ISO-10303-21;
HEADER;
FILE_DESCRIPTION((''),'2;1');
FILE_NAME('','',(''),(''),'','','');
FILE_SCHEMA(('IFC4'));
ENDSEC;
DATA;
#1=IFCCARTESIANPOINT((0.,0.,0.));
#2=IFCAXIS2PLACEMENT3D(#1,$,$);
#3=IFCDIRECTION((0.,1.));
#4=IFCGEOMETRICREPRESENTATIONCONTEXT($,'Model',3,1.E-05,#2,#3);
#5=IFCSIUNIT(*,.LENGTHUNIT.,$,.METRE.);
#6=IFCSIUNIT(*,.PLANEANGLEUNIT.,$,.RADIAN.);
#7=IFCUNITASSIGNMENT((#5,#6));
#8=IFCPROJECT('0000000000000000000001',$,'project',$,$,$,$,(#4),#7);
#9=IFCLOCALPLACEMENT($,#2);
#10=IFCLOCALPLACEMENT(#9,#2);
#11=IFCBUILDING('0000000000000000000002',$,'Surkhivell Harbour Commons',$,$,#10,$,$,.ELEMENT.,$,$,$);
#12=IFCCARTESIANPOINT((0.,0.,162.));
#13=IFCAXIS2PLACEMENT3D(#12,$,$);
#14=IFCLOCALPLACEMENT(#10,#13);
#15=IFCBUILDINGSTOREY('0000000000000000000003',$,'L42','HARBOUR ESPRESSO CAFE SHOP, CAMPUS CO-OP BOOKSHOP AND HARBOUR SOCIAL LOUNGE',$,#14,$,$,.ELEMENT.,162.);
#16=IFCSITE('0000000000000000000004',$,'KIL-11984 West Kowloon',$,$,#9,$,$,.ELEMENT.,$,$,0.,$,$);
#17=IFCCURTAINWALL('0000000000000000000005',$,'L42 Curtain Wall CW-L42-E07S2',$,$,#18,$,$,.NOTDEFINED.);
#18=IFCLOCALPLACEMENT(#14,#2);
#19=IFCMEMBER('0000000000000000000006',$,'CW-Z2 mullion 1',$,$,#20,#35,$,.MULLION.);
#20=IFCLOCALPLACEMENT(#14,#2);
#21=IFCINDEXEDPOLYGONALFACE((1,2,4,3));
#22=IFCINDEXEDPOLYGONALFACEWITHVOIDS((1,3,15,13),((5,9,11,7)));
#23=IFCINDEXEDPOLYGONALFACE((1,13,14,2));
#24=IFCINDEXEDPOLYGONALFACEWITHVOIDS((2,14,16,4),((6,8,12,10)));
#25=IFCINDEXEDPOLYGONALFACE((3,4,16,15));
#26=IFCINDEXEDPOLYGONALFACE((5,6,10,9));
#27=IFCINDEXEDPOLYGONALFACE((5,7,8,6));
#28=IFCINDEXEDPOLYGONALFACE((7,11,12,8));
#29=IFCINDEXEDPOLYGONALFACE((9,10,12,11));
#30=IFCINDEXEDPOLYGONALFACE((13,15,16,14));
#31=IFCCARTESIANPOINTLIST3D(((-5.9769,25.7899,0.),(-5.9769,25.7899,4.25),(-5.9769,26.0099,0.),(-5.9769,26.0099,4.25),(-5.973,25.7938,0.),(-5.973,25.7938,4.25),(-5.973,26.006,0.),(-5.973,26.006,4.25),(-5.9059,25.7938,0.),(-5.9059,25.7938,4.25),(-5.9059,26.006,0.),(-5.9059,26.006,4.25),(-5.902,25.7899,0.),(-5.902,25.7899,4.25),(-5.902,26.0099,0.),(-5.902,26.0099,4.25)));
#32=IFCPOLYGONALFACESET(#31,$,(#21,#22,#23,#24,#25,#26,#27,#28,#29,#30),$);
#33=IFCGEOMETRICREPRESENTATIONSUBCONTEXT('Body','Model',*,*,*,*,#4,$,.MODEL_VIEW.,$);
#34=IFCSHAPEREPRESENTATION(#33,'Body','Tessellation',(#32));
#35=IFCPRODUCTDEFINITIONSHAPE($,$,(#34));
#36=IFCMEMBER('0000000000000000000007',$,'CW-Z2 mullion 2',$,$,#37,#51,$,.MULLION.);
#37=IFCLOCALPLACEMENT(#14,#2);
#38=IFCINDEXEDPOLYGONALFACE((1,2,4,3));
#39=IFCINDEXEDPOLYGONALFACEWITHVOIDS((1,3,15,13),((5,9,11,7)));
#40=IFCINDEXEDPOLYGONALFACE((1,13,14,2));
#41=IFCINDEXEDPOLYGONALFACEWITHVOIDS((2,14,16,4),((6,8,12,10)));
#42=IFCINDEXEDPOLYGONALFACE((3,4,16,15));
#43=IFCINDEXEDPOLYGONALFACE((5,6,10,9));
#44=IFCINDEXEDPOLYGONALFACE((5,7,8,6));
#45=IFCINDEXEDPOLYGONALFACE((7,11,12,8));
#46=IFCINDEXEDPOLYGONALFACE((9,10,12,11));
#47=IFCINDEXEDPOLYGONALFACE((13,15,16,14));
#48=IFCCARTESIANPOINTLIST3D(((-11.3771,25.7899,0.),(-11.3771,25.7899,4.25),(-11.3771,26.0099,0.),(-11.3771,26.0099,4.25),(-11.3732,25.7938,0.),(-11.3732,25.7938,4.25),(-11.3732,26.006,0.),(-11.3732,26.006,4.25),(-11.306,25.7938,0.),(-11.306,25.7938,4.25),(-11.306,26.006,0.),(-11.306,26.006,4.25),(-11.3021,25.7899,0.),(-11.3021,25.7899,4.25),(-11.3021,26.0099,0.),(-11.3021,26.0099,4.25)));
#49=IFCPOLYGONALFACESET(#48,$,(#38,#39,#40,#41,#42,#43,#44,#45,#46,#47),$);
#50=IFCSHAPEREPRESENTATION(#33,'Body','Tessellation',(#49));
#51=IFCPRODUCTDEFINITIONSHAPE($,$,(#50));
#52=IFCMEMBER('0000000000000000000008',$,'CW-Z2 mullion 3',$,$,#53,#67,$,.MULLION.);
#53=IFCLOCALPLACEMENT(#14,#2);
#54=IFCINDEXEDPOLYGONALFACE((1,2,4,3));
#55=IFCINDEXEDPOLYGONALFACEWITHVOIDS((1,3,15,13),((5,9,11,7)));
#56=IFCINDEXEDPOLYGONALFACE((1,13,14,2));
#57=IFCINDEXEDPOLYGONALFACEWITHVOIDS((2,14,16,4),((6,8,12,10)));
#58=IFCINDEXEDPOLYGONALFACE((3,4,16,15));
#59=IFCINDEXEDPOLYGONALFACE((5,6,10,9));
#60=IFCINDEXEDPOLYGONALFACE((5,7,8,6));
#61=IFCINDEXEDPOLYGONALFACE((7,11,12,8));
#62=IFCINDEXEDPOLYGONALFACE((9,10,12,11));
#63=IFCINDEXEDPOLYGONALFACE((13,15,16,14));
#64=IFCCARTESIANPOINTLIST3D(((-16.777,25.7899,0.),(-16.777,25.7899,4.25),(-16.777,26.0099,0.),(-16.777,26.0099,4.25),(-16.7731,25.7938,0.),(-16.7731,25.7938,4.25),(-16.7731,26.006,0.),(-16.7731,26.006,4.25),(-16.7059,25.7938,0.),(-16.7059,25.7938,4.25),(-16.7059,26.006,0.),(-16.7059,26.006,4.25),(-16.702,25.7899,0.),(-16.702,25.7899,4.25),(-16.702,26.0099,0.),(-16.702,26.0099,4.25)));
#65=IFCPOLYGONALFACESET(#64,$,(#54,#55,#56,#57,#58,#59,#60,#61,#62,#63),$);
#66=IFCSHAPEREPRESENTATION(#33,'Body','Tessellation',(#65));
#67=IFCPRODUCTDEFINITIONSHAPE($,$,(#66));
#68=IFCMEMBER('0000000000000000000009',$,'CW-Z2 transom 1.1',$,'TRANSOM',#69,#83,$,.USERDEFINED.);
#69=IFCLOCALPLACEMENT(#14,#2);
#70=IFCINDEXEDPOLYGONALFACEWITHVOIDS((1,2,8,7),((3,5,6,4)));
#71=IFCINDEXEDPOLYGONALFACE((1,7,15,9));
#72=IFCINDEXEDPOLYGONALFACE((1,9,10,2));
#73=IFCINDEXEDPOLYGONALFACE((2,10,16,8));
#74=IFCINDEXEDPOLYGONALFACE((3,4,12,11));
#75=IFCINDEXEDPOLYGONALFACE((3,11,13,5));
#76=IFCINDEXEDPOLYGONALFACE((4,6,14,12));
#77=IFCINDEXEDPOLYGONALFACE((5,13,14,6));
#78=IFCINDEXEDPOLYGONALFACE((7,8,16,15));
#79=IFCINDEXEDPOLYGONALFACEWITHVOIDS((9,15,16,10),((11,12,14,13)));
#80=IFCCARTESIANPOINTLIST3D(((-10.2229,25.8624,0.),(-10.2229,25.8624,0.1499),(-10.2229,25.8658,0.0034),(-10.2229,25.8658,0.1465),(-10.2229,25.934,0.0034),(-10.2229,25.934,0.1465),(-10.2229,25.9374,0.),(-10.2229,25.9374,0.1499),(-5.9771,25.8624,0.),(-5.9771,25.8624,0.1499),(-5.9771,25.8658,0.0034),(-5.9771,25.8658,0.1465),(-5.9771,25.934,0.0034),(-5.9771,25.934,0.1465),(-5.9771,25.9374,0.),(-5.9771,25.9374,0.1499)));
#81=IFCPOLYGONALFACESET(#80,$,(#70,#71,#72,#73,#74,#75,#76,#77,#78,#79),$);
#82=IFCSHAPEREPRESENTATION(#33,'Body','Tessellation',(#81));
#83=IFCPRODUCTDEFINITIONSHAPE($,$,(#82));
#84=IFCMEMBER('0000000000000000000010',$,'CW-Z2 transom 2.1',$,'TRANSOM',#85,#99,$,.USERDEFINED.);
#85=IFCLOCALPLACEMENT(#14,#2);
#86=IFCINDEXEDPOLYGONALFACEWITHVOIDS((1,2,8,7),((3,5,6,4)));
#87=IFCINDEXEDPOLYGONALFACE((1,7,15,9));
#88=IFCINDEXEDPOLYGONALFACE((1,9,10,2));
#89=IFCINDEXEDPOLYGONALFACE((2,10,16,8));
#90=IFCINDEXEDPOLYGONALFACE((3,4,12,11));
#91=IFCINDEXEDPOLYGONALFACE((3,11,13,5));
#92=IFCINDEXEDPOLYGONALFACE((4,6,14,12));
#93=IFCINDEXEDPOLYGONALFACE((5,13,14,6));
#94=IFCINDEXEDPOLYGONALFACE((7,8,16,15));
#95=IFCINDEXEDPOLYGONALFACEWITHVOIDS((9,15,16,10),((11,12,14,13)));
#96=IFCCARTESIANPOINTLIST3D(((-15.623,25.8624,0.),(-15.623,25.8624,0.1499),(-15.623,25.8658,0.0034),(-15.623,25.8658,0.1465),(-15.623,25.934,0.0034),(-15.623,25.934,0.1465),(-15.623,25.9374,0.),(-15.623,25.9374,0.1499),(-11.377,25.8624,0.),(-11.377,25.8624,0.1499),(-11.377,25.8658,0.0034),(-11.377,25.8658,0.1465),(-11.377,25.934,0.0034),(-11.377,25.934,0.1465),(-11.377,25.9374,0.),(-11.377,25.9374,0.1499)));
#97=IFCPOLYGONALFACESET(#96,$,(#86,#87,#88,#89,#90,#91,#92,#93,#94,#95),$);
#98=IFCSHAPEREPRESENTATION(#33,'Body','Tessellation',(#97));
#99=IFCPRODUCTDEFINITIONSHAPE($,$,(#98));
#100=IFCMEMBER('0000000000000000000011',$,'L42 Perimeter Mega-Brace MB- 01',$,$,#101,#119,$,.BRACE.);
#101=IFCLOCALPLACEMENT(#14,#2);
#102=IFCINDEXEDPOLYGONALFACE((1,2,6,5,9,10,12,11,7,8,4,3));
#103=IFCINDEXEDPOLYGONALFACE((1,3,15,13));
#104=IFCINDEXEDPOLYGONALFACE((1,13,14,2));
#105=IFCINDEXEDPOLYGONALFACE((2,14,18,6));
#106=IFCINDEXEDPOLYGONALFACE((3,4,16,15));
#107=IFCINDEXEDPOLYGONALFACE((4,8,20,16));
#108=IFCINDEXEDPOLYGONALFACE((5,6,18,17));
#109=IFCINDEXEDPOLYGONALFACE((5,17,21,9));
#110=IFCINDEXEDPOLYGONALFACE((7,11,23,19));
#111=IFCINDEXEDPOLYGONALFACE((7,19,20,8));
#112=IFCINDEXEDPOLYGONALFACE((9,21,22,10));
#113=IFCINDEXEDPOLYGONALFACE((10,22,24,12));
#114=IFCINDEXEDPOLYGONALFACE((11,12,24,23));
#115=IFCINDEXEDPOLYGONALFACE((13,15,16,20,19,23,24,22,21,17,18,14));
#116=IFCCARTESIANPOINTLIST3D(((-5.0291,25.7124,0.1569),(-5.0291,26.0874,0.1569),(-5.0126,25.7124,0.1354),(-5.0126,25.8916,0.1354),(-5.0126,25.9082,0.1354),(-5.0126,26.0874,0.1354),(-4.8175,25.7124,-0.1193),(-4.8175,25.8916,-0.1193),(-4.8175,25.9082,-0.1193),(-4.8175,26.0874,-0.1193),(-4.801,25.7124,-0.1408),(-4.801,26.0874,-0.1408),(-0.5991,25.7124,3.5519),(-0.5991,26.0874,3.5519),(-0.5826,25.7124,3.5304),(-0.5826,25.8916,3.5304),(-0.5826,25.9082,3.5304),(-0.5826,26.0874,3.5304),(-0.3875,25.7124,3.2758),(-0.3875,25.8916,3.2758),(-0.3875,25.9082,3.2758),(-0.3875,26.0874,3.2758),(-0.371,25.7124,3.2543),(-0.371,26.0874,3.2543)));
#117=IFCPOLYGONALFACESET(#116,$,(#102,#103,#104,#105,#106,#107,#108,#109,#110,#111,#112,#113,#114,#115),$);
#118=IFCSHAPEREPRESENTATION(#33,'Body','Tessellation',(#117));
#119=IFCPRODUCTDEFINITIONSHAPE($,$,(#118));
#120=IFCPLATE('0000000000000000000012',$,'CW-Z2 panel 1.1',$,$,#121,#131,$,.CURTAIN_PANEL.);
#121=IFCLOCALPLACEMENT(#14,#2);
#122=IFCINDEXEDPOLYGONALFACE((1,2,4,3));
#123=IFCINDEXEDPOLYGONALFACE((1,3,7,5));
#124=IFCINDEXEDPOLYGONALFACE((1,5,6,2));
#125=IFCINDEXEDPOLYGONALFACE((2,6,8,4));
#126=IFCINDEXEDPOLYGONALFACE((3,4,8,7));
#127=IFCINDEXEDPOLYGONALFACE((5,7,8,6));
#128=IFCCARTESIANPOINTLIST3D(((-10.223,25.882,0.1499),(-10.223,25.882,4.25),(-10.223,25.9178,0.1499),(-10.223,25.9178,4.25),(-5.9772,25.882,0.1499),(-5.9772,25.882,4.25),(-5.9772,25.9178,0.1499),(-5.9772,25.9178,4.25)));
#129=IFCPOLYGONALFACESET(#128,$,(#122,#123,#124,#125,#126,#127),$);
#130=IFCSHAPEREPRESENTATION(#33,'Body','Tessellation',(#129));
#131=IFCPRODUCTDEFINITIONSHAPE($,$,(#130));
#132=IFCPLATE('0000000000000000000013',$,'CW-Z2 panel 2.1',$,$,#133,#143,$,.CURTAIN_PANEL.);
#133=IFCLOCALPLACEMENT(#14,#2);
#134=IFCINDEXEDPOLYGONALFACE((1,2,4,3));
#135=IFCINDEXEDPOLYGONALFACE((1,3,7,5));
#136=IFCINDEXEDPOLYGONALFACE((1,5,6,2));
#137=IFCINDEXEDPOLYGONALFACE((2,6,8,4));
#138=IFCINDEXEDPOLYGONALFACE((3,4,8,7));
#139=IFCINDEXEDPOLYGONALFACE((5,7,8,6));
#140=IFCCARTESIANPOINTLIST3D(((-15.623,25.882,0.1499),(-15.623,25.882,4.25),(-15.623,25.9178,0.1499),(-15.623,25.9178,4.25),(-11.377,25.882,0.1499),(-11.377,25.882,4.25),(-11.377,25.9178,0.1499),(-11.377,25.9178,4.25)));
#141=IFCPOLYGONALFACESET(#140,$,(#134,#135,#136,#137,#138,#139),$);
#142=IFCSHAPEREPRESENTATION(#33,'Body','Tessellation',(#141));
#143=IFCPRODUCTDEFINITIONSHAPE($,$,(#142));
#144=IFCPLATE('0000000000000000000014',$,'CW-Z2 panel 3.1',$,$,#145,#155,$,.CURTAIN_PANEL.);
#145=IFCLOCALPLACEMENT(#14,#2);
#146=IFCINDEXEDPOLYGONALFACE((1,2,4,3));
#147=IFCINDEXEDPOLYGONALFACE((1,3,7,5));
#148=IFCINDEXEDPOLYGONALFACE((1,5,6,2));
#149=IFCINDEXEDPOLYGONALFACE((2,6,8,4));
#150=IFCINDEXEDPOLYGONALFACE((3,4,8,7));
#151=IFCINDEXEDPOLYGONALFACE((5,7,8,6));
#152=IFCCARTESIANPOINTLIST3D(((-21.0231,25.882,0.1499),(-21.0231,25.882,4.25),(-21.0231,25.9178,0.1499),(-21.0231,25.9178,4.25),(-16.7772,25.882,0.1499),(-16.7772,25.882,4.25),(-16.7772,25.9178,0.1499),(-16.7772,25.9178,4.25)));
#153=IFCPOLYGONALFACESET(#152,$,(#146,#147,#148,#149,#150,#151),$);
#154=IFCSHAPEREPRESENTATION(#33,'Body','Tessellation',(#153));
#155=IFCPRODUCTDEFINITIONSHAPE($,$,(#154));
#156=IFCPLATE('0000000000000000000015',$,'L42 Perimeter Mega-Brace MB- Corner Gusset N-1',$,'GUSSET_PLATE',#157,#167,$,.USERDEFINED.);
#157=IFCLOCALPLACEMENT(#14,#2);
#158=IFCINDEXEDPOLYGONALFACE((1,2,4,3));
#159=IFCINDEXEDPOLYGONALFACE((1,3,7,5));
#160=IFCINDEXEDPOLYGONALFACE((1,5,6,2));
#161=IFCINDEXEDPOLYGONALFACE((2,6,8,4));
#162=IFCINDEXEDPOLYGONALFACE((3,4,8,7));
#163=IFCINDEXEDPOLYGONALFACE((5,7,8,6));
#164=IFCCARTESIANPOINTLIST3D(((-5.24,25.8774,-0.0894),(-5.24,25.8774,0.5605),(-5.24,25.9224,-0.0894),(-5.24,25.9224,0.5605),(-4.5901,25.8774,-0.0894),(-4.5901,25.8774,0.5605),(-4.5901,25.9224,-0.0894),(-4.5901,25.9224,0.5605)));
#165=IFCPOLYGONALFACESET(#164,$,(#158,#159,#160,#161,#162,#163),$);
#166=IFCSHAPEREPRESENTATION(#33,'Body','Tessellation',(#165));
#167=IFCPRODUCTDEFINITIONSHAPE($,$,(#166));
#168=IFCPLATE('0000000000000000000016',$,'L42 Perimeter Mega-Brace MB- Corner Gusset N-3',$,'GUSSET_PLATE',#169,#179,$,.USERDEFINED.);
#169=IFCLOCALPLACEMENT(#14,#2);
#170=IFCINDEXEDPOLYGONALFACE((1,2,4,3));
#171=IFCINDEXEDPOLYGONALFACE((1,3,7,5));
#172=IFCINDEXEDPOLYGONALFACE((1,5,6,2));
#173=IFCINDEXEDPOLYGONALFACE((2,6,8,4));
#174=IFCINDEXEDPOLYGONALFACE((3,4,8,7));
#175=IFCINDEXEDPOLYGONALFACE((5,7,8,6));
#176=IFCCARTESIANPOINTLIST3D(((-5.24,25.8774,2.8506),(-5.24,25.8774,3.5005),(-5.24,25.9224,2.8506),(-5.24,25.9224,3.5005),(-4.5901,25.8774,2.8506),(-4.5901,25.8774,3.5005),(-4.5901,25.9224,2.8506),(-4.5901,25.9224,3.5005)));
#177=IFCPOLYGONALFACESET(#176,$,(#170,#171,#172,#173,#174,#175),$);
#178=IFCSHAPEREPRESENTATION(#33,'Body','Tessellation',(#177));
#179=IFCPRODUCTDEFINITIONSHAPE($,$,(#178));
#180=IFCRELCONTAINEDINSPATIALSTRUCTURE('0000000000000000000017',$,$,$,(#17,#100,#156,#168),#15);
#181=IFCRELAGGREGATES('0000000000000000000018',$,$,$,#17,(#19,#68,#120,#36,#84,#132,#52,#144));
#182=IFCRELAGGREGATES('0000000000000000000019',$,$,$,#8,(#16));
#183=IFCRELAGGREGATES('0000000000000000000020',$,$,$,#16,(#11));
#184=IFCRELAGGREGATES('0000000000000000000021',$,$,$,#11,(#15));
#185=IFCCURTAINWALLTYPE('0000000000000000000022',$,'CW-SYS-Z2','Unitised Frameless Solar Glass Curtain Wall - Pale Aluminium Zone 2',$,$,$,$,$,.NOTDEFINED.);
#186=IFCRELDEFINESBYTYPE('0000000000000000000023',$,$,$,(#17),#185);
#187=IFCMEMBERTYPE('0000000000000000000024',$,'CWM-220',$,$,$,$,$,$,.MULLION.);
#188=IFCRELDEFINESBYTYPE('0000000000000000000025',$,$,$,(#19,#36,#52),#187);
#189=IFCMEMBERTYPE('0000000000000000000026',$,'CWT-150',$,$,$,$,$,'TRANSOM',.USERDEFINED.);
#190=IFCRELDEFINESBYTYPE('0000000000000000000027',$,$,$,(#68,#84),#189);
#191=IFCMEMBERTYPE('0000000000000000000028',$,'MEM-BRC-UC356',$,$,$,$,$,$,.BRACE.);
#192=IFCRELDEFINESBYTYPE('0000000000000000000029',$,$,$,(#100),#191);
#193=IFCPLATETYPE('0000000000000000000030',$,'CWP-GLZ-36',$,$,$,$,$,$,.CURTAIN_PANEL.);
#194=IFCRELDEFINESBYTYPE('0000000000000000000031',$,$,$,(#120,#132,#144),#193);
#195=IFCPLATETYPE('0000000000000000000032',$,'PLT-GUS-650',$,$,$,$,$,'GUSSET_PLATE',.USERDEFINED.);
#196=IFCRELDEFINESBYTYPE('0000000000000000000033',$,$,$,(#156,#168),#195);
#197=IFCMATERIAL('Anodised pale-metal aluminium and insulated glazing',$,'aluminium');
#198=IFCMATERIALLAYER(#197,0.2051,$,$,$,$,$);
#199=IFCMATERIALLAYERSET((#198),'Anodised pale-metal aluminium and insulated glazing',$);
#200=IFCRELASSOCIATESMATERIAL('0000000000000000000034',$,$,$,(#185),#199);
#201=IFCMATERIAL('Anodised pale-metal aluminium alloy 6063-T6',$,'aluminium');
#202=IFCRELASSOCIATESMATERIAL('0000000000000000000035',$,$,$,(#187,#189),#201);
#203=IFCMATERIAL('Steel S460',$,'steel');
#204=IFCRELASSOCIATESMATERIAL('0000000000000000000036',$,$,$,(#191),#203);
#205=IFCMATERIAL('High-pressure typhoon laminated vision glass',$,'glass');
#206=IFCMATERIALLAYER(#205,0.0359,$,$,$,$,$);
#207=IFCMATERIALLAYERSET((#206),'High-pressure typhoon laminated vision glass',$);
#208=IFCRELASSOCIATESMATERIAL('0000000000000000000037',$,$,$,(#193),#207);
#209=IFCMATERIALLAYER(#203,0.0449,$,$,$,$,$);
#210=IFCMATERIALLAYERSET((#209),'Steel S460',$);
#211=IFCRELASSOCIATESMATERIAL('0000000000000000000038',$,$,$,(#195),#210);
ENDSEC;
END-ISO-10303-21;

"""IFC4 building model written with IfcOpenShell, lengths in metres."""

from ifc_helpers import new_model, si_unit, direction, frame, frame_2d, origin, origin_2d, place, context, subcontext, project, spatial, rectangle, hollow_rectangle, i_section, extrude, material, layer, layer_set, material_profile, profile_set, type_object, element, aggregate, save


model = new_model("IFC4")

# Units and contexts
model_context = context("Model", 3, precision=1e-05, world=origin(), true_north=direction((0.0, 1.0)))
body_context = subcontext(model_context, "Body", "Model", "MODEL_VIEW")
ifc_project = project(units=[si_unit("LENGTHUNIT", "METRE"), si_unit("PLANEANGLEUNIT", "RADIAN")], contexts=[model_context])

# Site, building, storey
site_placement = place(None, origin())
site = spatial("IfcSite", under=ifc_project, at=site_placement, Name="KIL-11984 West Kowloon", CompositionType="ELEMENT", RefElevation=0.0)
building_placement = place(site_placement, origin())
building = spatial("IfcBuilding", under=site, at=building_placement, Name="Surkhivell Harbour Commons", CompositionType="ELEMENT")
storey_placement = place(building_placement, frame((0.0, 0.0, 162.0)))
storey = spatial("IfcBuildingStorey", under=building, at=storey_placement, Name="L42", Description="HARBOUR ESPRESSO CAFE SHOP, CAMPUS CO-OP BOOKSHOP AND HARBOUR SOCIAL LOUNGE", CompositionType="ELEMENT", Elevation=162.0)

# Shared definitions
ifc_material_1 = material(Name="Steel S460", Category="steel")

# Curtain wall, members
ifc_material_2 = material(Name="Anodised pale-metal aluminium and insulated glazing", Category="aluminium")
ifc_layer_1 = layer(ifc_material_2, 0.2051)
ifc_layer_set_1 = layer_set([ifc_layer_1], Name="Anodised pale-metal aluminium and insulated glazing")
curtain_wall_type = type_object("IfcCurtainWallType", Name="CW-SYS-Z2", Description="Unitised Frameless Solar Glass Curtain Wall - Pale Aluminium Zone 2", PredefinedType="NOTDEFINED", material=ifc_layer_set_1)
curtain_wall_placement = place(storey_placement, origin())
curtain_wall = element("IfcCurtainWall", 1, at=curtain_wall_placement, inside=storey, type_object=curtain_wall_type, Name="L42 Curtain Wall CW-L42-E07S2", PredefinedType="NOTDEFINED")
ifc_material_3 = material(Name="Anodised pale-metal aluminium alloy 6063-T6", Category="aluminium")
ifc_material_profile_1 = material_profile(ifc_material_3, hollow_rectangle(XDim=0.075, YDim=0.22, WallThickness=0.0039, at=origin_2d()), Name="ALU-MULL-75x220")
ifc_profile_set_1 = profile_set([ifc_material_profile_1], Name="Anodised pale-metal aluminium alloy 6063-T6")
member_type_1 = type_object("IfcMemberType", Name="CWM-220", PredefinedType="MULLION", material=ifc_profile_set_1)
member_1_placement = place(storey_placement, frame((-5.9395, 25.8999, 0.0), z_axis=(0.0, 0.0, 1.0), x_axis=(-1.0, 0.0, 0.0)))
member_1 = element("IfcMember", 2, at=member_1_placement, type_object=member_type_1, Name="CW-Z2 mullion 1", PredefinedType="MULLION", context=body_context, shape_type="SweptSolid", body=[
    extrude(hollow_rectangle(XDim=0.075, YDim=0.22, WallThickness=0.0039, at=origin_2d()), origin(), (0.0, 0.0, 1.0), 4.25),
])
member_2_placement = place(storey_placement, frame((-11.3396, 25.8999, 0.0), z_axis=(0.0, 0.0, 1.0), x_axis=(-1.0, 0.0, 0.0)))
member_2 = element("IfcMember", 3, at=member_2_placement, type_object=member_type_1, Name="CW-Z2 mullion 2", PredefinedType="MULLION", context=body_context, shape_type="SweptSolid", body=[
    extrude(hollow_rectangle(XDim=0.075, YDim=0.22, WallThickness=0.0039, at=origin_2d()), origin(), (0.0, 0.0, 1.0), 4.25),
])
member_3_placement = place(storey_placement, frame((-16.7395, 25.8999, 0.0), z_axis=(0.0, 0.0, 1.0), x_axis=(-1.0, 0.0, 0.0)))
member_3 = element("IfcMember", 4, at=member_3_placement, type_object=member_type_1, Name="CW-Z2 mullion 3", PredefinedType="MULLION", context=body_context, shape_type="SweptSolid", body=[
    extrude(hollow_rectangle(XDim=0.075, YDim=0.22, WallThickness=0.0039, at=origin_2d()), origin(), (0.0, 0.0, 1.0), 4.25),
])
ifc_material_profile_2 = material_profile(ifc_material_3, hollow_rectangle(XDim=0.075, YDim=0.1499, WallThickness=0.0034, at=origin_2d()), Name="ALU-TRAN-75x150")
ifc_profile_set_2 = profile_set([ifc_material_profile_2], Name="Anodised pale-metal aluminium alloy 6063-T6")
member_type_2 = type_object("IfcMemberType", Name="CWT-150", ElementType="TRANSOM", PredefinedType="USERDEFINED", material=ifc_profile_set_2)
member_4_placement = place(storey_placement, frame((-5.9771, 25.8999, 0.075), z_axis=(-1.0, 0.0, 0.0), x_axis=(0.0, -1.0, 0.0)))
member_4 = element("IfcMember", 5, at=member_4_placement, type_object=member_type_2, Name="CW-Z2 transom 1.1", ObjectType="TRANSOM", PredefinedType="USERDEFINED", context=body_context, shape_type="SweptSolid", body=[
    extrude(hollow_rectangle(XDim=0.075, YDim=0.1499, WallThickness=0.0034, at=origin_2d()), origin(), (0.0, 0.0, 1.0), 4.2458),
])
member_5_placement = place(storey_placement, frame((-11.377, 25.8999, 0.075), z_axis=(-1.0, 0.0, 0.0), x_axis=(0.0, -1.0, 0.0)))
member_5 = element("IfcMember", 6, at=member_5_placement, type_object=member_type_2, Name="CW-Z2 transom 2.1", ObjectType="TRANSOM", PredefinedType="USERDEFINED", context=body_context, shape_type="SweptSolid", body=[
    extrude(hollow_rectangle(XDim=0.075, YDim=0.1499, WallThickness=0.0034, at=origin_2d()), origin(), (0.0, 0.0, 1.0), 4.2461),
])

# Member
ifc_material_profile_3 = material_profile(ifc_material_1, i_section(OverallWidth=0.375, OverallDepth=0.375, WebThickness=0.0166, FlangeThickness=0.0271, at=origin_2d()), Name="UC356x368x202")
ifc_profile_set_3 = profile_set([ifc_material_profile_3], Name="Steel S460")
member_type_3 = type_object("IfcMemberType", Name="MEM-BRC-UC356", PredefinedType="BRACE", material=ifc_profile_set_3)
member_6_placement = place(storey_placement, frame((-4.915, 25.8999, 0.0081), z_axis=(0.793715, 0.0, 0.608289), x_axis=(0.0, 1.0, 0.0)))
element("IfcMember", 7, at=member_6_placement, inside=storey, type_object=member_type_3, Name="L42 Perimeter Mega-Brace MB- 01", PredefinedType="BRACE", context=body_context, shape_type="SweptSolid", body=[
    extrude(i_section(OverallWidth=0.375, OverallDepth=0.375, WebThickness=0.0166, FlangeThickness=0.0271, at=origin_2d()), origin(), (0.0, 0.0, 1.0), 5.5813),
])

# Plates
ifc_material_4 = material(Name="High-pressure typhoon laminated vision glass", Category="glass")
ifc_layer_2 = layer(ifc_material_4, 0.0359)
ifc_layer_set_2 = layer_set([ifc_layer_2], Name="High-pressure typhoon laminated vision glass")
plate_type_1 = type_object("IfcPlateType", Name="CWP-GLZ-36", PredefinedType="CURTAIN_PANEL", material=ifc_layer_set_2)
plate_1_placement = place(storey_placement, frame((-5.9771, 25.8999, 0.1499), z_axis=(0.0, 0.0, 1.0), x_axis=(-1.0, 0.0, 0.0)))
plate_1 = element("IfcPlate", 8, at=plate_1_placement, type_object=plate_type_1, Name="CW-Z2 panel 1.1", PredefinedType="CURTAIN_PANEL", context=body_context, shape_type="SweptSolid", body=[
    extrude(rectangle(XDim=4.2458, YDim=0.0359, at=frame_2d((2.123, 0.0))), origin(), (0.0, 0.0, 1.0), 4.1001),
])
plate_2_placement = place(storey_placement, frame((-11.377, 25.8999, 0.1499), z_axis=(0.0, 0.0, 1.0), x_axis=(-1.0, 0.0, 0.0)))
plate_2 = element("IfcPlate", 9, at=plate_2_placement, type_object=plate_type_1, Name="CW-Z2 panel 2.1", PredefinedType="CURTAIN_PANEL", context=body_context, shape_type="SweptSolid", body=[
    extrude(rectangle(XDim=4.2461, YDim=0.0359, at=frame_2d((2.123, 0.0))), origin(), (0.0, 0.0, 1.0), 4.1001),
])
plate_3_placement = place(storey_placement, frame((-16.7771, 25.8999, 0.1499), z_axis=(0.0, 0.0, 1.0), x_axis=(-1.0, 0.0, 0.0)))
plate_3 = element("IfcPlate", 10, at=plate_3_placement, type_object=plate_type_1, Name="CW-Z2 panel 3.1", PredefinedType="CURTAIN_PANEL", context=body_context, shape_type="SweptSolid", body=[
    extrude(rectangle(XDim=4.2458, YDim=0.0359, at=frame_2d((2.123, 0.0))), origin(), (0.0, 0.0, 1.0), 4.1001),
])
aggregate(curtain_wall, [member_1, member_4, plate_1, member_2, member_5, plate_2, member_3, plate_3])

# Plates
ifc_layer_3 = layer(ifc_material_1, 0.0449)
ifc_layer_set_3 = layer_set([ifc_layer_3], Name="Steel S460")
plate_type_2 = type_object("IfcPlateType", Name="PLT-GUS-650", ElementType="GUSSET_PLATE", PredefinedType="USERDEFINED", material=ifc_layer_set_3)
for number, where, z_axis, x_axis, name in (
    (11, (-4.915, 25.8999, -0.0894), (0.0, 0.0, 1.0), (1.0, 0.0, 0.0), "L42 Perimeter Mega-Brace MB- Corner Gusset N-1"),
    (12, (-4.915, 25.8999, 2.8506), (0.0, 0.0, 1.0), (1.0, 0.0, 0.0), "L42 Perimeter Mega-Brace MB- Corner Gusset N-3"),
):
    element("IfcPlate", number, at=place(storey_placement, frame(where, z_axis=z_axis, x_axis=x_axis)), inside=storey, type_object=plate_type_2, Name=name, ObjectType="GUSSET_PLATE", PredefinedType="USERDEFINED", context=body_context, shape_type="SweptSolid", body=[
        extrude(rectangle(XDim=0.6499, YDim=0.0449, at=origin_2d()), origin(), (0.0, 0.0, 1.0), 0.6499),
    ])

save(model, "model.ifc")
